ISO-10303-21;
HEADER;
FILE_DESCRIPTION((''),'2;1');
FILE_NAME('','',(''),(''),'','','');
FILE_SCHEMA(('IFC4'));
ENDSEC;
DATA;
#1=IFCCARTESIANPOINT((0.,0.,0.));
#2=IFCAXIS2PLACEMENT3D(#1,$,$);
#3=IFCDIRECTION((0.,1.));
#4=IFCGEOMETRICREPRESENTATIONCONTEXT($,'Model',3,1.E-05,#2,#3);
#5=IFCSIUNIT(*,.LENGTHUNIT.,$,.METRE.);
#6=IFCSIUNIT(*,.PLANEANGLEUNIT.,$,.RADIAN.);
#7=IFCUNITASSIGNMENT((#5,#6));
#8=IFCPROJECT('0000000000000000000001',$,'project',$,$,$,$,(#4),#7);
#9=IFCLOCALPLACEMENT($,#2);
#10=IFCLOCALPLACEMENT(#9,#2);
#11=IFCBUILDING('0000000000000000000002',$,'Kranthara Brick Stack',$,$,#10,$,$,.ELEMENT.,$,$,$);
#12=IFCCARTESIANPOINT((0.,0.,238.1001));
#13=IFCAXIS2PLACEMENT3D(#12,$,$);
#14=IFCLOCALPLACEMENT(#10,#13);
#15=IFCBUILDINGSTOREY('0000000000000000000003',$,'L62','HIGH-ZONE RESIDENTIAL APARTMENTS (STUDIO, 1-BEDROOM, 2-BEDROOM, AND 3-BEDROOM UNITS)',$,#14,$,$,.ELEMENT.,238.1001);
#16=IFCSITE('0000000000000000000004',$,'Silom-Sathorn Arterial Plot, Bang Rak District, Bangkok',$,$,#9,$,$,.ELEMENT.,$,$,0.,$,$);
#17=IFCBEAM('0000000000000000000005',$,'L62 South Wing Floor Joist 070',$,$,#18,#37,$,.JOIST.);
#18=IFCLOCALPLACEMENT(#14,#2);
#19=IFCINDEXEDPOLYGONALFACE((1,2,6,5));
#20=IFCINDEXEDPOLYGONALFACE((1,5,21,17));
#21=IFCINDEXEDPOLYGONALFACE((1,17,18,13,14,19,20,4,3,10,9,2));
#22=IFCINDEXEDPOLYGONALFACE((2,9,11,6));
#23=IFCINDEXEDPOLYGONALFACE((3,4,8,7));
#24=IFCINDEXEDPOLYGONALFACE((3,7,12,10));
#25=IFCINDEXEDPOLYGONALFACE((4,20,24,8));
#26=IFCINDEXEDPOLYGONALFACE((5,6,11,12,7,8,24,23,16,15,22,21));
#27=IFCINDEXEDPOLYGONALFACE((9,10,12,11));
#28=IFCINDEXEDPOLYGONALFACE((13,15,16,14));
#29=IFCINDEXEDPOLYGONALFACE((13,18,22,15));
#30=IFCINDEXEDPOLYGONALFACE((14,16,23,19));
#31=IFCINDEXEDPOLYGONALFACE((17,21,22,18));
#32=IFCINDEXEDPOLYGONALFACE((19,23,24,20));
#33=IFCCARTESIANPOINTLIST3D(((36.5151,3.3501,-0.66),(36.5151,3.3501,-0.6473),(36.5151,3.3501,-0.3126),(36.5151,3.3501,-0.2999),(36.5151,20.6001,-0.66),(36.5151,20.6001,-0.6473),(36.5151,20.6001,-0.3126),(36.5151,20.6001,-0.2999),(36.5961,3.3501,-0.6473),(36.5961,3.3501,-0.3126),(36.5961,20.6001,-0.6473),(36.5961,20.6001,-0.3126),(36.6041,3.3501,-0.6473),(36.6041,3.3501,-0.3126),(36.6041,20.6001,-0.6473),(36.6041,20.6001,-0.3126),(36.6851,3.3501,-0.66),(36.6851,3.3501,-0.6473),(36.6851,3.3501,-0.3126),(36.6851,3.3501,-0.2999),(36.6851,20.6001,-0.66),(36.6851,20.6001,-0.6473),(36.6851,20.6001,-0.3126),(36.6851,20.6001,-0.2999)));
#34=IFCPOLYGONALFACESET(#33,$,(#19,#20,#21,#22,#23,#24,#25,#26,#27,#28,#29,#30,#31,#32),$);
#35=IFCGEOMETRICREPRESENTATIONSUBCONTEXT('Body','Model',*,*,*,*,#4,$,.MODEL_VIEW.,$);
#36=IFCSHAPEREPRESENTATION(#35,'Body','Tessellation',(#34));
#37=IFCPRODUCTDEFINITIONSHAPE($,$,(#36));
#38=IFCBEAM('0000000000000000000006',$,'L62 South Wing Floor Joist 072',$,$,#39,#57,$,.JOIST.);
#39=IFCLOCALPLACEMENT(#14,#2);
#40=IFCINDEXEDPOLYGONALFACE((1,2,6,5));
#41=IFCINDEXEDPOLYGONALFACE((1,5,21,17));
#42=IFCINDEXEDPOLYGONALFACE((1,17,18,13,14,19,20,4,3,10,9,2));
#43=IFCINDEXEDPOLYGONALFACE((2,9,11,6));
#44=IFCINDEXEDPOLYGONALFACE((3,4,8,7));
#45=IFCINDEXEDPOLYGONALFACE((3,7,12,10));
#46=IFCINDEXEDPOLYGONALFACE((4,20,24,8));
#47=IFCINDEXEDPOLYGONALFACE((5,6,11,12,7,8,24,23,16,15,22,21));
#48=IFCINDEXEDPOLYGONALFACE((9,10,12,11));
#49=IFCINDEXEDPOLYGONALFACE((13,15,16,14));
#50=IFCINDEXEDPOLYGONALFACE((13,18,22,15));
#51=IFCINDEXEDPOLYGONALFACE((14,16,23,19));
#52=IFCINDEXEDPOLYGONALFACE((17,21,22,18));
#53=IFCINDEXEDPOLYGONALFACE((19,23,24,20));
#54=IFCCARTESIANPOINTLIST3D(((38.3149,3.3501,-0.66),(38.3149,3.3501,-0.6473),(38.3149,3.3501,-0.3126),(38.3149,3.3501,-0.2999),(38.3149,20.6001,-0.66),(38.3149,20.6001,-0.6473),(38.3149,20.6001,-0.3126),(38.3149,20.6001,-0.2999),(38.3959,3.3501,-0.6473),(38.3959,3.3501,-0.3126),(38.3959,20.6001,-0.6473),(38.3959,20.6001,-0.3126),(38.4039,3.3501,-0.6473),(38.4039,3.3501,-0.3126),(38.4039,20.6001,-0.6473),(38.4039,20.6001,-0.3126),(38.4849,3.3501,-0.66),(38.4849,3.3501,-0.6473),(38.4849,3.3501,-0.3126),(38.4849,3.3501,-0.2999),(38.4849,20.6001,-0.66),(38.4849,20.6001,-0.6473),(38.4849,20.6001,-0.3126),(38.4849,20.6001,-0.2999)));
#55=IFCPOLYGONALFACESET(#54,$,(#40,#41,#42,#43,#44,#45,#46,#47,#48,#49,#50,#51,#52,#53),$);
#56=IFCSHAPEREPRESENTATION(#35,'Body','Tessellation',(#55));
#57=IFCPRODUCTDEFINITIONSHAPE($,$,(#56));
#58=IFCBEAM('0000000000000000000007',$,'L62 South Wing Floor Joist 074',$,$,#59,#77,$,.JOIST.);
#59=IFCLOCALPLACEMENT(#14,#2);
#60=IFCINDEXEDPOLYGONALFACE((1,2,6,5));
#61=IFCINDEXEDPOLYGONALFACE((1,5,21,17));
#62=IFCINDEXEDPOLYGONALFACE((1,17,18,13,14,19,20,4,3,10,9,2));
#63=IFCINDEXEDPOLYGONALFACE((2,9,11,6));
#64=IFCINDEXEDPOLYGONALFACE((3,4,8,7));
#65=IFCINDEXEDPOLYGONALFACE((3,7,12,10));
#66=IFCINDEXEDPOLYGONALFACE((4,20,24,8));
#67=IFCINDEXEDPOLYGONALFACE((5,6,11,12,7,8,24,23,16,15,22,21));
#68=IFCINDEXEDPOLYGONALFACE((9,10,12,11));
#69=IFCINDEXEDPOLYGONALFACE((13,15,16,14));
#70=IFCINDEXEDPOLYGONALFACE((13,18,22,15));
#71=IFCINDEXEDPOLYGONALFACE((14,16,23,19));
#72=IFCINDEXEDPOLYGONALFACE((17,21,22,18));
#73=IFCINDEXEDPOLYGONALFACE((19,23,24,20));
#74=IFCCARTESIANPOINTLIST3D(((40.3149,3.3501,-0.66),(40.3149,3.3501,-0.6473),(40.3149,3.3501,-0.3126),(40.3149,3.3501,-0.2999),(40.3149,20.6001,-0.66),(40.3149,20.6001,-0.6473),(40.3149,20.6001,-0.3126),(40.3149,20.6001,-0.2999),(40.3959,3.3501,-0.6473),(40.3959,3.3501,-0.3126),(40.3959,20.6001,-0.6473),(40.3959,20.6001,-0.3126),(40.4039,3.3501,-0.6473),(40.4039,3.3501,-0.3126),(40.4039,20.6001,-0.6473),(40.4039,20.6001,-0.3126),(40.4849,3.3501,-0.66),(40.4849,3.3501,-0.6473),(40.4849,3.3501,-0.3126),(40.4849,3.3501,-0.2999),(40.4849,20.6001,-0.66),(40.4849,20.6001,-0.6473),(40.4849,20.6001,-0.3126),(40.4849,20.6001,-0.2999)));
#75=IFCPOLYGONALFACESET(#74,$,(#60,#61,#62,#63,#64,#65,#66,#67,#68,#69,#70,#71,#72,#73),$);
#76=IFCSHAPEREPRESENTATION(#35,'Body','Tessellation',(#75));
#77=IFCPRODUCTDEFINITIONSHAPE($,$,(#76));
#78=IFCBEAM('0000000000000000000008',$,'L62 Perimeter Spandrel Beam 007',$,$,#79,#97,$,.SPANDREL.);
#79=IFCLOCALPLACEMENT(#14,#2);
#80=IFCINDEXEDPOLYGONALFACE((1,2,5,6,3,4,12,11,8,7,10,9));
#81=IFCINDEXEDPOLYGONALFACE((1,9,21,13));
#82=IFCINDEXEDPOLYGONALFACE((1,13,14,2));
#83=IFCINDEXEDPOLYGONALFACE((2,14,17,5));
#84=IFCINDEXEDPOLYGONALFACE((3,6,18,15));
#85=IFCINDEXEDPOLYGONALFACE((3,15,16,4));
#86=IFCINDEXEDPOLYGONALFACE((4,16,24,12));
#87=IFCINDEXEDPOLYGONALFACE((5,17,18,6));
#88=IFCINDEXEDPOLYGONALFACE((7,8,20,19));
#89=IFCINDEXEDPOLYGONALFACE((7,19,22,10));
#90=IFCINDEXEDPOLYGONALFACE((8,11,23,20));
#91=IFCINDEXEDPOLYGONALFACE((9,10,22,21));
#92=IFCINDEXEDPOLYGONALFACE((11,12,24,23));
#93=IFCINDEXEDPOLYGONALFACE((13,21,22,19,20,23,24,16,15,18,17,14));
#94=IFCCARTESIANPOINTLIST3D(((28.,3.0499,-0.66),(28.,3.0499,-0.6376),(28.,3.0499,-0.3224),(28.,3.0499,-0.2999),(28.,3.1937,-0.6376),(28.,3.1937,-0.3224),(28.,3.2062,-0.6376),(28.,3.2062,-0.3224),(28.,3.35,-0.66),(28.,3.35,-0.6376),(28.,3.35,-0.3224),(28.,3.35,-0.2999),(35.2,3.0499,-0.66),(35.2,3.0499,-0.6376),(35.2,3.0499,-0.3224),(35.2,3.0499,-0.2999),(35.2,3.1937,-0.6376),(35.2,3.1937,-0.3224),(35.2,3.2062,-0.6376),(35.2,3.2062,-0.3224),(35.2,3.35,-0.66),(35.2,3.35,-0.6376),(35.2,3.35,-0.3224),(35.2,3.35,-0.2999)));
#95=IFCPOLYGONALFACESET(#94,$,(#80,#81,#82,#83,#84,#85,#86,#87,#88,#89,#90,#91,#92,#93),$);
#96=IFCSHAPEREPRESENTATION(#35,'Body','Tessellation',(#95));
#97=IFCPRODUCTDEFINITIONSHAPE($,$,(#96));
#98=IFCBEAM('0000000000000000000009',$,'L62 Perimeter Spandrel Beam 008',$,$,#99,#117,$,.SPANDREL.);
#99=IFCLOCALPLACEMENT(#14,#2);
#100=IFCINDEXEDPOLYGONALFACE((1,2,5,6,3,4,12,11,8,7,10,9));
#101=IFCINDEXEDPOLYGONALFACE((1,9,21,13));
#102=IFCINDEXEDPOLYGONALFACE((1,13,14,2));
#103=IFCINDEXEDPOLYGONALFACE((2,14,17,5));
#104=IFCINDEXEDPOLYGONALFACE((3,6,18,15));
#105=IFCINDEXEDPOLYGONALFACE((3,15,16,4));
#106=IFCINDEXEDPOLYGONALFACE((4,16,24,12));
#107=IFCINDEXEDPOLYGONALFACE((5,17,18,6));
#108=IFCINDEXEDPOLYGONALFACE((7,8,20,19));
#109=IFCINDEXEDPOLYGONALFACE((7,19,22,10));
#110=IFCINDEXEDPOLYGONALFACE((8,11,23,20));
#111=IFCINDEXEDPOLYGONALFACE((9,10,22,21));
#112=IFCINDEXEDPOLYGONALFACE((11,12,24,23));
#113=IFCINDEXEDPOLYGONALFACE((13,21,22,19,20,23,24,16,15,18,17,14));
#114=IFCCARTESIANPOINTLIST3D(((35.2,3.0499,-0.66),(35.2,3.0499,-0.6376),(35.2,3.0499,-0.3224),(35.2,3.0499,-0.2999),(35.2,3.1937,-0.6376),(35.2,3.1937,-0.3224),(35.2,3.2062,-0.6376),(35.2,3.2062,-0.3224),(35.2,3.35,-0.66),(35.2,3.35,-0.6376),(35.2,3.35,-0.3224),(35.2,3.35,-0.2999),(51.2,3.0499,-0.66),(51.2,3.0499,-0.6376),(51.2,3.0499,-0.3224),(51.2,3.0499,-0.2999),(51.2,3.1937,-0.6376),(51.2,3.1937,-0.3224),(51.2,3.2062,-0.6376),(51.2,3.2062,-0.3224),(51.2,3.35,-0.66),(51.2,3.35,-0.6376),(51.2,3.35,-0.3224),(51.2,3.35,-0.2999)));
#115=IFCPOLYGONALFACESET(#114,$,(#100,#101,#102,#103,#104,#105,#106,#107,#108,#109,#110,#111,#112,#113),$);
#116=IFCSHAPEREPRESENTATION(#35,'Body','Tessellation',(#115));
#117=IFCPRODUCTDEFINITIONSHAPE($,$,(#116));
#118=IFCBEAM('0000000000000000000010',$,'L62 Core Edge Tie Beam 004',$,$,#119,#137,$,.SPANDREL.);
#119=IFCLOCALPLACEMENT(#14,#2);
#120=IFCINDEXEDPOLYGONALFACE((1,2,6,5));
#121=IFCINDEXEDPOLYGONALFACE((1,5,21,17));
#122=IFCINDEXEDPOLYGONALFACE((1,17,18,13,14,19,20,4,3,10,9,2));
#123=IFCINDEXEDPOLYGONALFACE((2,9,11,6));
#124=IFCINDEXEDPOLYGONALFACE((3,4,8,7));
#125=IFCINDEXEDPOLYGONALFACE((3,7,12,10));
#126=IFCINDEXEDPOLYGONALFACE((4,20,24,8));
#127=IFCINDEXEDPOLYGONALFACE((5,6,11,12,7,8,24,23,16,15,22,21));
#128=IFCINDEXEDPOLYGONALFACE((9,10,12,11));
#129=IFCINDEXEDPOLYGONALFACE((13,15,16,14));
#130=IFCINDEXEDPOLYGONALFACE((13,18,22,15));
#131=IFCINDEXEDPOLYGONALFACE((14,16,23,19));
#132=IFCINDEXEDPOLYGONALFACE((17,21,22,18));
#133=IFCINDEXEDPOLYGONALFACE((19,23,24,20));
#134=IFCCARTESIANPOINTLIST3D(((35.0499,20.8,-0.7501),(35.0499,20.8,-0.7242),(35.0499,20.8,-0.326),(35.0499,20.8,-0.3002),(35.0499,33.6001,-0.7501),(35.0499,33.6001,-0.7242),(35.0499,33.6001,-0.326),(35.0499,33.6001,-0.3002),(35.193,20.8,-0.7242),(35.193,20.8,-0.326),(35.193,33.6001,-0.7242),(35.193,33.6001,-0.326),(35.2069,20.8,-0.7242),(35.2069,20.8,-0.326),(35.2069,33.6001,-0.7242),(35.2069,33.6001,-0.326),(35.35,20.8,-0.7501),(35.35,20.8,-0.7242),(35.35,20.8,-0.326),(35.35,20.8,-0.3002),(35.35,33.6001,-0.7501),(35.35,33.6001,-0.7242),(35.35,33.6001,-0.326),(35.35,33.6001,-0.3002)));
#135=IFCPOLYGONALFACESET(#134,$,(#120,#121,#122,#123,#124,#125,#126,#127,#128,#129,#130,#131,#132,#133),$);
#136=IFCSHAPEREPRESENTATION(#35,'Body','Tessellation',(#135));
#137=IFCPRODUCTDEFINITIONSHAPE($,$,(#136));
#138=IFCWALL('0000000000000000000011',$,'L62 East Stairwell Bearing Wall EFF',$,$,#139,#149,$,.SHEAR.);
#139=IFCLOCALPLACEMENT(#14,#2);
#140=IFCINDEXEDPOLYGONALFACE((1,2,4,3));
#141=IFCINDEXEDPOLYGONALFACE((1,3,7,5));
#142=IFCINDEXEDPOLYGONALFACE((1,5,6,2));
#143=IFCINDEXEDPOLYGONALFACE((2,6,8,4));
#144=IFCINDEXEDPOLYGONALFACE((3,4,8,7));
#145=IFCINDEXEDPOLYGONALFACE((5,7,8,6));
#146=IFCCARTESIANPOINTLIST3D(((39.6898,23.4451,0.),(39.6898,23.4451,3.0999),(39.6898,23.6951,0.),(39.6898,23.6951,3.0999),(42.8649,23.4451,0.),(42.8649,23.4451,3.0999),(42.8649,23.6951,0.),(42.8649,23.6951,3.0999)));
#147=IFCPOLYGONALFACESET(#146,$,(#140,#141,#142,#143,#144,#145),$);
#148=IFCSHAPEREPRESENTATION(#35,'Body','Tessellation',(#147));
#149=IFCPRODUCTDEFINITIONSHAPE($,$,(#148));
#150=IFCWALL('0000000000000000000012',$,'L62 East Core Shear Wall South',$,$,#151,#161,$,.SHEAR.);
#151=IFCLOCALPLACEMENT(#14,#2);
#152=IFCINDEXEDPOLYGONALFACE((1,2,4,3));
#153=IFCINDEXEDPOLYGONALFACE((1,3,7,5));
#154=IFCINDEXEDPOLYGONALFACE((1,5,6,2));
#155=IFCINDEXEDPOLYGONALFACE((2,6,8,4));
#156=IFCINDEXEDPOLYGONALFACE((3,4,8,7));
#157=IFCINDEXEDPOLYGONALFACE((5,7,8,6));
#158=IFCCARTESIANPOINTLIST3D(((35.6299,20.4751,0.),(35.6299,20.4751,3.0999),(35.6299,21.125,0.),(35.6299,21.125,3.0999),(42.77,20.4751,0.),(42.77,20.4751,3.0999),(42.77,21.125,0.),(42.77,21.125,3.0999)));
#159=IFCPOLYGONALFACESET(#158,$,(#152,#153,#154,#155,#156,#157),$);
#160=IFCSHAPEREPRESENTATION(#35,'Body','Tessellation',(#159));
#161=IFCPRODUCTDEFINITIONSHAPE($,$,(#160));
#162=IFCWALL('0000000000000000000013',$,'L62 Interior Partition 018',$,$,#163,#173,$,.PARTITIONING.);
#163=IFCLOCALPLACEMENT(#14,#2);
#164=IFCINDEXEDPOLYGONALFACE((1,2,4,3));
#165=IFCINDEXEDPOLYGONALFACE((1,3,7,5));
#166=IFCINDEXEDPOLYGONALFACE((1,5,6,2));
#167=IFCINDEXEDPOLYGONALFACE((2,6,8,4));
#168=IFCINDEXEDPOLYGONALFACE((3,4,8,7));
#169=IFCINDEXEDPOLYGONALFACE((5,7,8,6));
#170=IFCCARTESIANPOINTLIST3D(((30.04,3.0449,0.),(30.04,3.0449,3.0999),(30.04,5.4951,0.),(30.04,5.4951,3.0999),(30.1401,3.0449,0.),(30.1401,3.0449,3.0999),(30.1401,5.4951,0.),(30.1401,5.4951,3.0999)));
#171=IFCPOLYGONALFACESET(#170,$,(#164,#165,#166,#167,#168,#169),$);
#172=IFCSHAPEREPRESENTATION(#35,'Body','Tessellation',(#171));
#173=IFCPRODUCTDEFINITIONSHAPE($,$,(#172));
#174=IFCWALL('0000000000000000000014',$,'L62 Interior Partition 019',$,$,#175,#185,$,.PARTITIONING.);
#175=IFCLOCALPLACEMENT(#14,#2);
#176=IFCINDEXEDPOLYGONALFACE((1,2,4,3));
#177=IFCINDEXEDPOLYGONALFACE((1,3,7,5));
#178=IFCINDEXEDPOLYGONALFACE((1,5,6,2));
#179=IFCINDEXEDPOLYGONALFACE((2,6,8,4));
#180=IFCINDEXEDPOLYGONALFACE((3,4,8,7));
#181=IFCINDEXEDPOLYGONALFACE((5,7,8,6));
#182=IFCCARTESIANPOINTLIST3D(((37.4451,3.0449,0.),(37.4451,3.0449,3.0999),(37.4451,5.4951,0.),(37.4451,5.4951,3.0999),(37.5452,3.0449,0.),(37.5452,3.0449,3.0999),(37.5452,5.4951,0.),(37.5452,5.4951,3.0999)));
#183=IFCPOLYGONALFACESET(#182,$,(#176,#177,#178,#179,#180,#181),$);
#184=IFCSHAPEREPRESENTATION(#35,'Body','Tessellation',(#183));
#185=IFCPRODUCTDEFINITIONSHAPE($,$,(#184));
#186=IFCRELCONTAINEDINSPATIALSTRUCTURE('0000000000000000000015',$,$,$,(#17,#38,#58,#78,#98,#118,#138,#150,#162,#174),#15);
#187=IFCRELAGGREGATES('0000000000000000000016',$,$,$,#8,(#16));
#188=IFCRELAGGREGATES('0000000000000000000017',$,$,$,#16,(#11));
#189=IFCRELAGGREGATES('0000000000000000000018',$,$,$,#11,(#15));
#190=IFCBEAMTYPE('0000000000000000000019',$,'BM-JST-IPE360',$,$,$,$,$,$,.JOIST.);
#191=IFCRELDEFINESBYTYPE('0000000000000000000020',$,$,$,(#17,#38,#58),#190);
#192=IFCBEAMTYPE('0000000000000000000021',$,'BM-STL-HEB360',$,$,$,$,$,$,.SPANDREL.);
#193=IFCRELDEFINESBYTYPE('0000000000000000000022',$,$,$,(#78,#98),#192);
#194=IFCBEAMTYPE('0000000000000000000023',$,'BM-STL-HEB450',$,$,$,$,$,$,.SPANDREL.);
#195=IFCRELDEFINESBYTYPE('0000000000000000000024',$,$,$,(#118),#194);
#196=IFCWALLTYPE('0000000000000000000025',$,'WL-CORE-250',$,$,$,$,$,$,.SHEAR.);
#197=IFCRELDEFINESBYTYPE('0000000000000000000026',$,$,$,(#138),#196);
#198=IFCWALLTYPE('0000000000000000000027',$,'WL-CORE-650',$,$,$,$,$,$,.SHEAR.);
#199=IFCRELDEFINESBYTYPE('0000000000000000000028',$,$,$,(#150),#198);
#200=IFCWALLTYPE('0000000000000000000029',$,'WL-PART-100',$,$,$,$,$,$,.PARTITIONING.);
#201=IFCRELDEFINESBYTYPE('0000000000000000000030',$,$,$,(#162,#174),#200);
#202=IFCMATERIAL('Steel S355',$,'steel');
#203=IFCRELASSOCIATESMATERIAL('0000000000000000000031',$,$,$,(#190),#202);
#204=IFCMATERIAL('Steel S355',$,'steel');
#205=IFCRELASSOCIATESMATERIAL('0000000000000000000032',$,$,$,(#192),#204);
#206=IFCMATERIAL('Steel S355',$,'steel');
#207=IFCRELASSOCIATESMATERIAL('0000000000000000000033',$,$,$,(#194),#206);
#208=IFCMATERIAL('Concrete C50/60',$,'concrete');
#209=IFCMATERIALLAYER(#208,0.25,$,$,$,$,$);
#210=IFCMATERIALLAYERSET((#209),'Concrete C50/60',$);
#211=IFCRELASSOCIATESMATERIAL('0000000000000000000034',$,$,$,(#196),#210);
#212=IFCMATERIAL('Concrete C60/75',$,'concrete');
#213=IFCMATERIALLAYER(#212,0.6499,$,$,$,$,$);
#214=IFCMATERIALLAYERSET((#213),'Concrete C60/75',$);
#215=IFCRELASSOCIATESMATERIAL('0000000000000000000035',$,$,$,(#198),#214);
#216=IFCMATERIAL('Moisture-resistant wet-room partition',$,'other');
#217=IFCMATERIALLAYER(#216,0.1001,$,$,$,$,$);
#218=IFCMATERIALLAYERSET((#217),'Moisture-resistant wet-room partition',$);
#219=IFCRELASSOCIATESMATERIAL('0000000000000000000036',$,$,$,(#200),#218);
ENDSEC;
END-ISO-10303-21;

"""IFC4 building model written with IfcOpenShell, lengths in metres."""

from ifc_helpers import new_model, si_unit, direction, frame, frame_2d, origin, origin_2d, place, context, subcontext, project, spatial, rectangle, i_section, extrude, material, layer, layer_set, material_profile, profile_set, type_object, element, save


model = new_model("IFC4")

# Units and contexts
model_context = context("Model", 3, precision=1e-05, world=origin(), true_north=direction((0.0, 1.0)))
body_context = subcontext(model_context, "Body", "Model", "MODEL_VIEW")
ifc_project = project(units=[si_unit("LENGTHUNIT", "METRE"), si_unit("PLANEANGLEUNIT", "RADIAN")], contexts=[model_context])

# Site, building, storey
site_placement = place(None, origin())
site = spatial("IfcSite", under=ifc_project, at=site_placement, Name="Silom-Sathorn Arterial Plot, Bang Rak District, Bangkok", CompositionType="ELEMENT", RefElevation=0.0)
building_placement = place(site_placement, origin())
building = spatial("IfcBuilding", under=site, at=building_placement, Name="Kranthara Brick Stack", CompositionType="ELEMENT")
storey_placement = place(building_placement, frame((0.0, 0.0, 238.1001)))
storey = spatial("IfcBuildingStorey", under=building, at=storey_placement, Name="L62", Description="HIGH-ZONE RESIDENTIAL APARTMENTS (STUDIO, 1-BEDROOM, 2-BEDROOM, AND 3-BEDROOM UNITS)", CompositionType="ELEMENT", Elevation=238.1001)

# Beams
ifc_material_1 = material(Name="Steel S355", Category="steel")
ifc_material_profile_1 = material_profile(ifc_material_1, i_section(OverallWidth=0.1699, OverallDepth=0.3601, WebThickness=0.0081, FlangeThickness=0.0127, at=origin_2d()), Name="IPE 360")
ifc_profile_set_1 = profile_set([ifc_material_profile_1], Name="Steel S355")
beam_type_1 = type_object("IfcBeamType", Name="BM-JST-IPE360", PredefinedType="JOIST", material=ifc_profile_set_1)
for number, where, z_axis, x_axis, name in (
    (1, (36.6001, 3.3501, -0.48), (0.0, 1.0, 0.0), (-1.0, 0.0, 0.0), "L62 South Wing Floor Joist 070"),
    (2, (38.3999, 3.3501, -0.48), (0.0, 1.0, 0.0), (-1.0, 0.0, 0.0), "L62 South Wing Floor Joist 072"),
    (3, (40.3999, 3.3501, -0.48), (0.0, 1.0, 0.0), (-1.0, 0.0, 0.0), "L62 South Wing Floor Joist 074"),
):
    element("IfcBeam", number, at=place(storey_placement, frame(where, z_axis=z_axis, x_axis=x_axis)), inside=storey, type_object=beam_type_1, Name=name, PredefinedType="JOIST", context=body_context, shape_type="SweptSolid", body=[
        extrude(i_section(OverallWidth=0.1699, OverallDepth=0.3601, WebThickness=0.0081, FlangeThickness=0.0127, at=origin_2d()), origin(), (0.0, 0.0, 1.0), 17.25),
    ])
ifc_material_2 = material(Name="Steel S355", Category="steel")
ifc_material_profile_2 = material_profile(ifc_material_2, i_section(OverallWidth=0.3, OverallDepth=0.3601, WebThickness=0.0125, FlangeThickness=0.0225, at=origin_2d()), Name="HEB 360")
ifc_profile_set_2 = profile_set([ifc_material_profile_2], Name="Steel S355")
beam_type_2 = type_object("IfcBeamType", Name="BM-STL-HEB360", PredefinedType="SPANDREL", material=ifc_profile_set_2)
beam_1_placement = place(storey_placement, frame((28.0, 3.2, -0.48), z_axis=(1.0, 0.0, 0.0), x_axis=(0.0, 1.0, 0.0)))
element("IfcBeam", 4, at=beam_1_placement, inside=storey, type_object=beam_type_2, Name="L62 Perimeter Spandrel Beam 007", PredefinedType="SPANDREL", context=body_context, shape_type="SweptSolid", body=[
    extrude(i_section(OverallWidth=0.3, OverallDepth=0.3601, WebThickness=0.0125, FlangeThickness=0.0225, at=origin_2d()), origin(), (0.0, 0.0, 1.0), 7.2),
])
beam_2_placement = place(storey_placement, frame((35.2, 3.2, -0.48), z_axis=(1.0, 0.0, 0.0), x_axis=(0.0, 1.0, 0.0)))
element("IfcBeam", 5, at=beam_2_placement, inside=storey, type_object=beam_type_2, Name="L62 Perimeter Spandrel Beam 008", PredefinedType="SPANDREL", context=body_context, shape_type="SweptSolid", body=[
    extrude(i_section(OverallWidth=0.3, OverallDepth=0.3601, WebThickness=0.0125, FlangeThickness=0.0225, at=origin_2d()), origin(), (0.0, 0.0, 1.0), 16.0),
])
ifc_material_3 = material(Name="Steel S355", Category="steel")
ifc_material_profile_3 = material_profile(ifc_material_3, i_section(OverallWidth=0.3, OverallDepth=0.45, WebThickness=0.0139, FlangeThickness=0.0259, at=origin_2d()), Name="HEB 450")
ifc_profile_set_3 = profile_set([ifc_material_profile_3], Name="Steel S355")
beam_type_3 = type_object("IfcBeamType", Name="BM-STL-HEB450", PredefinedType="SPANDREL", material=ifc_profile_set_3)
beam_3_placement = place(storey_placement, frame((35.2, 20.8, -0.5251), z_axis=(0.0, 1.0, 0.0), x_axis=(-1.0, 0.0, 0.0)))
element("IfcBeam", 6, at=beam_3_placement, inside=storey, type_object=beam_type_3, Name="L62 Core Edge Tie Beam 004", PredefinedType="SPANDREL", context=body_context, shape_type="SweptSolid", body=[
    extrude(i_section(OverallWidth=0.3, OverallDepth=0.45, WebThickness=0.0139, FlangeThickness=0.0259, at=origin_2d()), origin(), (0.0, 0.0, 1.0), 12.8),
])

# Shared definitions
ifc_material_4 = material(Name="Concrete C50/60", Category="concrete")
ifc_layer_1 = layer(ifc_material_4, 0.25)
ifc_layer_set_1 = layer_set([ifc_layer_1], Name="Concrete C50/60")
wall_type_1 = type_object("IfcWallType", Name="WL-CORE-250", PredefinedType="SHEAR", material=ifc_layer_set_1)

# Walls
wall_1_placement = place(storey_placement, frame((39.6899, 23.5701, 0.0), z_axis=(0.0, 0.0, 1.0), x_axis=(1.0, 0.0, 0.0)))
element("IfcWall", 7, at=wall_1_placement, inside=storey, type_object=wall_type_1, Name="L62 East Stairwell Bearing Wall EFF", PredefinedType="SHEAR", context=body_context, shape_type="SweptSolid", body=[
    extrude(rectangle(XDim=3.175, YDim=0.25, at=frame_2d((1.5874, 0.0))), origin(), (0.0, 0.0, 1.0), 3.0999),
])
ifc_material_5 = material(Name="Concrete C60/75", Category="concrete")
ifc_layer_2 = layer(ifc_material_5, 0.6499)
ifc_layer_set_2 = layer_set([ifc_layer_2], Name="Concrete C60/75")
wall_type_2 = type_object("IfcWallType", Name="WL-CORE-650", PredefinedType="SHEAR", material=ifc_layer_set_2)
wall_2_placement = place(storey_placement, frame((35.6299, 20.8, 0.0), z_axis=(0.0, 0.0, 1.0), x_axis=(1.0, 0.0, 0.0)))
element("IfcWall", 8, at=wall_2_placement, inside=storey, type_object=wall_type_2, Name="L62 East Core Shear Wall South", PredefinedType="SHEAR", context=body_context, shape_type="SweptSolid", body=[
    extrude(rectangle(XDim=7.1401, YDim=0.6499, at=frame_2d((3.5701, 0.0))), origin(), (0.0, 0.0, 1.0), 3.0999),
])

# Walls
ifc_material_6 = material(Name="Moisture-resistant wet-room partition", Category="other")
ifc_layer_3 = layer(ifc_material_6, 0.1001)
ifc_layer_set_3 = layer_set([ifc_layer_3], Name="Moisture-resistant wet-room partition")
wall_type_3 = type_object("IfcWallType", Name="WL-PART-100", PredefinedType="PARTITIONING", material=ifc_layer_set_3)
for number, where, z_axis, x_axis, name in (
    (9, (30.0901, 3.0449, 0.0), (0.0, 0.0, 1.0), (0.0, 1.0, 0.0), "L62 Interior Partition 018"),
    (10, (37.4951, 3.0449, 0.0), (0.0, 0.0, 1.0), (0.0, 1.0, 0.0), "L62 Interior Partition 019"),
):
    element("IfcWall", number, at=place(storey_placement, frame(where, z_axis=z_axis, x_axis=x_axis)), inside=storey, type_object=wall_type_3, Name=name, PredefinedType="PARTITIONING", context=body_context, shape_type="SweptSolid", body=[
        extrude(rectangle(XDim=2.4502, YDim=0.1001, at=frame_2d((1.2251, 0.0))), origin(), (0.0, 0.0, 1.0), 3.0999),
    ])

save(model, "model.ifc")
